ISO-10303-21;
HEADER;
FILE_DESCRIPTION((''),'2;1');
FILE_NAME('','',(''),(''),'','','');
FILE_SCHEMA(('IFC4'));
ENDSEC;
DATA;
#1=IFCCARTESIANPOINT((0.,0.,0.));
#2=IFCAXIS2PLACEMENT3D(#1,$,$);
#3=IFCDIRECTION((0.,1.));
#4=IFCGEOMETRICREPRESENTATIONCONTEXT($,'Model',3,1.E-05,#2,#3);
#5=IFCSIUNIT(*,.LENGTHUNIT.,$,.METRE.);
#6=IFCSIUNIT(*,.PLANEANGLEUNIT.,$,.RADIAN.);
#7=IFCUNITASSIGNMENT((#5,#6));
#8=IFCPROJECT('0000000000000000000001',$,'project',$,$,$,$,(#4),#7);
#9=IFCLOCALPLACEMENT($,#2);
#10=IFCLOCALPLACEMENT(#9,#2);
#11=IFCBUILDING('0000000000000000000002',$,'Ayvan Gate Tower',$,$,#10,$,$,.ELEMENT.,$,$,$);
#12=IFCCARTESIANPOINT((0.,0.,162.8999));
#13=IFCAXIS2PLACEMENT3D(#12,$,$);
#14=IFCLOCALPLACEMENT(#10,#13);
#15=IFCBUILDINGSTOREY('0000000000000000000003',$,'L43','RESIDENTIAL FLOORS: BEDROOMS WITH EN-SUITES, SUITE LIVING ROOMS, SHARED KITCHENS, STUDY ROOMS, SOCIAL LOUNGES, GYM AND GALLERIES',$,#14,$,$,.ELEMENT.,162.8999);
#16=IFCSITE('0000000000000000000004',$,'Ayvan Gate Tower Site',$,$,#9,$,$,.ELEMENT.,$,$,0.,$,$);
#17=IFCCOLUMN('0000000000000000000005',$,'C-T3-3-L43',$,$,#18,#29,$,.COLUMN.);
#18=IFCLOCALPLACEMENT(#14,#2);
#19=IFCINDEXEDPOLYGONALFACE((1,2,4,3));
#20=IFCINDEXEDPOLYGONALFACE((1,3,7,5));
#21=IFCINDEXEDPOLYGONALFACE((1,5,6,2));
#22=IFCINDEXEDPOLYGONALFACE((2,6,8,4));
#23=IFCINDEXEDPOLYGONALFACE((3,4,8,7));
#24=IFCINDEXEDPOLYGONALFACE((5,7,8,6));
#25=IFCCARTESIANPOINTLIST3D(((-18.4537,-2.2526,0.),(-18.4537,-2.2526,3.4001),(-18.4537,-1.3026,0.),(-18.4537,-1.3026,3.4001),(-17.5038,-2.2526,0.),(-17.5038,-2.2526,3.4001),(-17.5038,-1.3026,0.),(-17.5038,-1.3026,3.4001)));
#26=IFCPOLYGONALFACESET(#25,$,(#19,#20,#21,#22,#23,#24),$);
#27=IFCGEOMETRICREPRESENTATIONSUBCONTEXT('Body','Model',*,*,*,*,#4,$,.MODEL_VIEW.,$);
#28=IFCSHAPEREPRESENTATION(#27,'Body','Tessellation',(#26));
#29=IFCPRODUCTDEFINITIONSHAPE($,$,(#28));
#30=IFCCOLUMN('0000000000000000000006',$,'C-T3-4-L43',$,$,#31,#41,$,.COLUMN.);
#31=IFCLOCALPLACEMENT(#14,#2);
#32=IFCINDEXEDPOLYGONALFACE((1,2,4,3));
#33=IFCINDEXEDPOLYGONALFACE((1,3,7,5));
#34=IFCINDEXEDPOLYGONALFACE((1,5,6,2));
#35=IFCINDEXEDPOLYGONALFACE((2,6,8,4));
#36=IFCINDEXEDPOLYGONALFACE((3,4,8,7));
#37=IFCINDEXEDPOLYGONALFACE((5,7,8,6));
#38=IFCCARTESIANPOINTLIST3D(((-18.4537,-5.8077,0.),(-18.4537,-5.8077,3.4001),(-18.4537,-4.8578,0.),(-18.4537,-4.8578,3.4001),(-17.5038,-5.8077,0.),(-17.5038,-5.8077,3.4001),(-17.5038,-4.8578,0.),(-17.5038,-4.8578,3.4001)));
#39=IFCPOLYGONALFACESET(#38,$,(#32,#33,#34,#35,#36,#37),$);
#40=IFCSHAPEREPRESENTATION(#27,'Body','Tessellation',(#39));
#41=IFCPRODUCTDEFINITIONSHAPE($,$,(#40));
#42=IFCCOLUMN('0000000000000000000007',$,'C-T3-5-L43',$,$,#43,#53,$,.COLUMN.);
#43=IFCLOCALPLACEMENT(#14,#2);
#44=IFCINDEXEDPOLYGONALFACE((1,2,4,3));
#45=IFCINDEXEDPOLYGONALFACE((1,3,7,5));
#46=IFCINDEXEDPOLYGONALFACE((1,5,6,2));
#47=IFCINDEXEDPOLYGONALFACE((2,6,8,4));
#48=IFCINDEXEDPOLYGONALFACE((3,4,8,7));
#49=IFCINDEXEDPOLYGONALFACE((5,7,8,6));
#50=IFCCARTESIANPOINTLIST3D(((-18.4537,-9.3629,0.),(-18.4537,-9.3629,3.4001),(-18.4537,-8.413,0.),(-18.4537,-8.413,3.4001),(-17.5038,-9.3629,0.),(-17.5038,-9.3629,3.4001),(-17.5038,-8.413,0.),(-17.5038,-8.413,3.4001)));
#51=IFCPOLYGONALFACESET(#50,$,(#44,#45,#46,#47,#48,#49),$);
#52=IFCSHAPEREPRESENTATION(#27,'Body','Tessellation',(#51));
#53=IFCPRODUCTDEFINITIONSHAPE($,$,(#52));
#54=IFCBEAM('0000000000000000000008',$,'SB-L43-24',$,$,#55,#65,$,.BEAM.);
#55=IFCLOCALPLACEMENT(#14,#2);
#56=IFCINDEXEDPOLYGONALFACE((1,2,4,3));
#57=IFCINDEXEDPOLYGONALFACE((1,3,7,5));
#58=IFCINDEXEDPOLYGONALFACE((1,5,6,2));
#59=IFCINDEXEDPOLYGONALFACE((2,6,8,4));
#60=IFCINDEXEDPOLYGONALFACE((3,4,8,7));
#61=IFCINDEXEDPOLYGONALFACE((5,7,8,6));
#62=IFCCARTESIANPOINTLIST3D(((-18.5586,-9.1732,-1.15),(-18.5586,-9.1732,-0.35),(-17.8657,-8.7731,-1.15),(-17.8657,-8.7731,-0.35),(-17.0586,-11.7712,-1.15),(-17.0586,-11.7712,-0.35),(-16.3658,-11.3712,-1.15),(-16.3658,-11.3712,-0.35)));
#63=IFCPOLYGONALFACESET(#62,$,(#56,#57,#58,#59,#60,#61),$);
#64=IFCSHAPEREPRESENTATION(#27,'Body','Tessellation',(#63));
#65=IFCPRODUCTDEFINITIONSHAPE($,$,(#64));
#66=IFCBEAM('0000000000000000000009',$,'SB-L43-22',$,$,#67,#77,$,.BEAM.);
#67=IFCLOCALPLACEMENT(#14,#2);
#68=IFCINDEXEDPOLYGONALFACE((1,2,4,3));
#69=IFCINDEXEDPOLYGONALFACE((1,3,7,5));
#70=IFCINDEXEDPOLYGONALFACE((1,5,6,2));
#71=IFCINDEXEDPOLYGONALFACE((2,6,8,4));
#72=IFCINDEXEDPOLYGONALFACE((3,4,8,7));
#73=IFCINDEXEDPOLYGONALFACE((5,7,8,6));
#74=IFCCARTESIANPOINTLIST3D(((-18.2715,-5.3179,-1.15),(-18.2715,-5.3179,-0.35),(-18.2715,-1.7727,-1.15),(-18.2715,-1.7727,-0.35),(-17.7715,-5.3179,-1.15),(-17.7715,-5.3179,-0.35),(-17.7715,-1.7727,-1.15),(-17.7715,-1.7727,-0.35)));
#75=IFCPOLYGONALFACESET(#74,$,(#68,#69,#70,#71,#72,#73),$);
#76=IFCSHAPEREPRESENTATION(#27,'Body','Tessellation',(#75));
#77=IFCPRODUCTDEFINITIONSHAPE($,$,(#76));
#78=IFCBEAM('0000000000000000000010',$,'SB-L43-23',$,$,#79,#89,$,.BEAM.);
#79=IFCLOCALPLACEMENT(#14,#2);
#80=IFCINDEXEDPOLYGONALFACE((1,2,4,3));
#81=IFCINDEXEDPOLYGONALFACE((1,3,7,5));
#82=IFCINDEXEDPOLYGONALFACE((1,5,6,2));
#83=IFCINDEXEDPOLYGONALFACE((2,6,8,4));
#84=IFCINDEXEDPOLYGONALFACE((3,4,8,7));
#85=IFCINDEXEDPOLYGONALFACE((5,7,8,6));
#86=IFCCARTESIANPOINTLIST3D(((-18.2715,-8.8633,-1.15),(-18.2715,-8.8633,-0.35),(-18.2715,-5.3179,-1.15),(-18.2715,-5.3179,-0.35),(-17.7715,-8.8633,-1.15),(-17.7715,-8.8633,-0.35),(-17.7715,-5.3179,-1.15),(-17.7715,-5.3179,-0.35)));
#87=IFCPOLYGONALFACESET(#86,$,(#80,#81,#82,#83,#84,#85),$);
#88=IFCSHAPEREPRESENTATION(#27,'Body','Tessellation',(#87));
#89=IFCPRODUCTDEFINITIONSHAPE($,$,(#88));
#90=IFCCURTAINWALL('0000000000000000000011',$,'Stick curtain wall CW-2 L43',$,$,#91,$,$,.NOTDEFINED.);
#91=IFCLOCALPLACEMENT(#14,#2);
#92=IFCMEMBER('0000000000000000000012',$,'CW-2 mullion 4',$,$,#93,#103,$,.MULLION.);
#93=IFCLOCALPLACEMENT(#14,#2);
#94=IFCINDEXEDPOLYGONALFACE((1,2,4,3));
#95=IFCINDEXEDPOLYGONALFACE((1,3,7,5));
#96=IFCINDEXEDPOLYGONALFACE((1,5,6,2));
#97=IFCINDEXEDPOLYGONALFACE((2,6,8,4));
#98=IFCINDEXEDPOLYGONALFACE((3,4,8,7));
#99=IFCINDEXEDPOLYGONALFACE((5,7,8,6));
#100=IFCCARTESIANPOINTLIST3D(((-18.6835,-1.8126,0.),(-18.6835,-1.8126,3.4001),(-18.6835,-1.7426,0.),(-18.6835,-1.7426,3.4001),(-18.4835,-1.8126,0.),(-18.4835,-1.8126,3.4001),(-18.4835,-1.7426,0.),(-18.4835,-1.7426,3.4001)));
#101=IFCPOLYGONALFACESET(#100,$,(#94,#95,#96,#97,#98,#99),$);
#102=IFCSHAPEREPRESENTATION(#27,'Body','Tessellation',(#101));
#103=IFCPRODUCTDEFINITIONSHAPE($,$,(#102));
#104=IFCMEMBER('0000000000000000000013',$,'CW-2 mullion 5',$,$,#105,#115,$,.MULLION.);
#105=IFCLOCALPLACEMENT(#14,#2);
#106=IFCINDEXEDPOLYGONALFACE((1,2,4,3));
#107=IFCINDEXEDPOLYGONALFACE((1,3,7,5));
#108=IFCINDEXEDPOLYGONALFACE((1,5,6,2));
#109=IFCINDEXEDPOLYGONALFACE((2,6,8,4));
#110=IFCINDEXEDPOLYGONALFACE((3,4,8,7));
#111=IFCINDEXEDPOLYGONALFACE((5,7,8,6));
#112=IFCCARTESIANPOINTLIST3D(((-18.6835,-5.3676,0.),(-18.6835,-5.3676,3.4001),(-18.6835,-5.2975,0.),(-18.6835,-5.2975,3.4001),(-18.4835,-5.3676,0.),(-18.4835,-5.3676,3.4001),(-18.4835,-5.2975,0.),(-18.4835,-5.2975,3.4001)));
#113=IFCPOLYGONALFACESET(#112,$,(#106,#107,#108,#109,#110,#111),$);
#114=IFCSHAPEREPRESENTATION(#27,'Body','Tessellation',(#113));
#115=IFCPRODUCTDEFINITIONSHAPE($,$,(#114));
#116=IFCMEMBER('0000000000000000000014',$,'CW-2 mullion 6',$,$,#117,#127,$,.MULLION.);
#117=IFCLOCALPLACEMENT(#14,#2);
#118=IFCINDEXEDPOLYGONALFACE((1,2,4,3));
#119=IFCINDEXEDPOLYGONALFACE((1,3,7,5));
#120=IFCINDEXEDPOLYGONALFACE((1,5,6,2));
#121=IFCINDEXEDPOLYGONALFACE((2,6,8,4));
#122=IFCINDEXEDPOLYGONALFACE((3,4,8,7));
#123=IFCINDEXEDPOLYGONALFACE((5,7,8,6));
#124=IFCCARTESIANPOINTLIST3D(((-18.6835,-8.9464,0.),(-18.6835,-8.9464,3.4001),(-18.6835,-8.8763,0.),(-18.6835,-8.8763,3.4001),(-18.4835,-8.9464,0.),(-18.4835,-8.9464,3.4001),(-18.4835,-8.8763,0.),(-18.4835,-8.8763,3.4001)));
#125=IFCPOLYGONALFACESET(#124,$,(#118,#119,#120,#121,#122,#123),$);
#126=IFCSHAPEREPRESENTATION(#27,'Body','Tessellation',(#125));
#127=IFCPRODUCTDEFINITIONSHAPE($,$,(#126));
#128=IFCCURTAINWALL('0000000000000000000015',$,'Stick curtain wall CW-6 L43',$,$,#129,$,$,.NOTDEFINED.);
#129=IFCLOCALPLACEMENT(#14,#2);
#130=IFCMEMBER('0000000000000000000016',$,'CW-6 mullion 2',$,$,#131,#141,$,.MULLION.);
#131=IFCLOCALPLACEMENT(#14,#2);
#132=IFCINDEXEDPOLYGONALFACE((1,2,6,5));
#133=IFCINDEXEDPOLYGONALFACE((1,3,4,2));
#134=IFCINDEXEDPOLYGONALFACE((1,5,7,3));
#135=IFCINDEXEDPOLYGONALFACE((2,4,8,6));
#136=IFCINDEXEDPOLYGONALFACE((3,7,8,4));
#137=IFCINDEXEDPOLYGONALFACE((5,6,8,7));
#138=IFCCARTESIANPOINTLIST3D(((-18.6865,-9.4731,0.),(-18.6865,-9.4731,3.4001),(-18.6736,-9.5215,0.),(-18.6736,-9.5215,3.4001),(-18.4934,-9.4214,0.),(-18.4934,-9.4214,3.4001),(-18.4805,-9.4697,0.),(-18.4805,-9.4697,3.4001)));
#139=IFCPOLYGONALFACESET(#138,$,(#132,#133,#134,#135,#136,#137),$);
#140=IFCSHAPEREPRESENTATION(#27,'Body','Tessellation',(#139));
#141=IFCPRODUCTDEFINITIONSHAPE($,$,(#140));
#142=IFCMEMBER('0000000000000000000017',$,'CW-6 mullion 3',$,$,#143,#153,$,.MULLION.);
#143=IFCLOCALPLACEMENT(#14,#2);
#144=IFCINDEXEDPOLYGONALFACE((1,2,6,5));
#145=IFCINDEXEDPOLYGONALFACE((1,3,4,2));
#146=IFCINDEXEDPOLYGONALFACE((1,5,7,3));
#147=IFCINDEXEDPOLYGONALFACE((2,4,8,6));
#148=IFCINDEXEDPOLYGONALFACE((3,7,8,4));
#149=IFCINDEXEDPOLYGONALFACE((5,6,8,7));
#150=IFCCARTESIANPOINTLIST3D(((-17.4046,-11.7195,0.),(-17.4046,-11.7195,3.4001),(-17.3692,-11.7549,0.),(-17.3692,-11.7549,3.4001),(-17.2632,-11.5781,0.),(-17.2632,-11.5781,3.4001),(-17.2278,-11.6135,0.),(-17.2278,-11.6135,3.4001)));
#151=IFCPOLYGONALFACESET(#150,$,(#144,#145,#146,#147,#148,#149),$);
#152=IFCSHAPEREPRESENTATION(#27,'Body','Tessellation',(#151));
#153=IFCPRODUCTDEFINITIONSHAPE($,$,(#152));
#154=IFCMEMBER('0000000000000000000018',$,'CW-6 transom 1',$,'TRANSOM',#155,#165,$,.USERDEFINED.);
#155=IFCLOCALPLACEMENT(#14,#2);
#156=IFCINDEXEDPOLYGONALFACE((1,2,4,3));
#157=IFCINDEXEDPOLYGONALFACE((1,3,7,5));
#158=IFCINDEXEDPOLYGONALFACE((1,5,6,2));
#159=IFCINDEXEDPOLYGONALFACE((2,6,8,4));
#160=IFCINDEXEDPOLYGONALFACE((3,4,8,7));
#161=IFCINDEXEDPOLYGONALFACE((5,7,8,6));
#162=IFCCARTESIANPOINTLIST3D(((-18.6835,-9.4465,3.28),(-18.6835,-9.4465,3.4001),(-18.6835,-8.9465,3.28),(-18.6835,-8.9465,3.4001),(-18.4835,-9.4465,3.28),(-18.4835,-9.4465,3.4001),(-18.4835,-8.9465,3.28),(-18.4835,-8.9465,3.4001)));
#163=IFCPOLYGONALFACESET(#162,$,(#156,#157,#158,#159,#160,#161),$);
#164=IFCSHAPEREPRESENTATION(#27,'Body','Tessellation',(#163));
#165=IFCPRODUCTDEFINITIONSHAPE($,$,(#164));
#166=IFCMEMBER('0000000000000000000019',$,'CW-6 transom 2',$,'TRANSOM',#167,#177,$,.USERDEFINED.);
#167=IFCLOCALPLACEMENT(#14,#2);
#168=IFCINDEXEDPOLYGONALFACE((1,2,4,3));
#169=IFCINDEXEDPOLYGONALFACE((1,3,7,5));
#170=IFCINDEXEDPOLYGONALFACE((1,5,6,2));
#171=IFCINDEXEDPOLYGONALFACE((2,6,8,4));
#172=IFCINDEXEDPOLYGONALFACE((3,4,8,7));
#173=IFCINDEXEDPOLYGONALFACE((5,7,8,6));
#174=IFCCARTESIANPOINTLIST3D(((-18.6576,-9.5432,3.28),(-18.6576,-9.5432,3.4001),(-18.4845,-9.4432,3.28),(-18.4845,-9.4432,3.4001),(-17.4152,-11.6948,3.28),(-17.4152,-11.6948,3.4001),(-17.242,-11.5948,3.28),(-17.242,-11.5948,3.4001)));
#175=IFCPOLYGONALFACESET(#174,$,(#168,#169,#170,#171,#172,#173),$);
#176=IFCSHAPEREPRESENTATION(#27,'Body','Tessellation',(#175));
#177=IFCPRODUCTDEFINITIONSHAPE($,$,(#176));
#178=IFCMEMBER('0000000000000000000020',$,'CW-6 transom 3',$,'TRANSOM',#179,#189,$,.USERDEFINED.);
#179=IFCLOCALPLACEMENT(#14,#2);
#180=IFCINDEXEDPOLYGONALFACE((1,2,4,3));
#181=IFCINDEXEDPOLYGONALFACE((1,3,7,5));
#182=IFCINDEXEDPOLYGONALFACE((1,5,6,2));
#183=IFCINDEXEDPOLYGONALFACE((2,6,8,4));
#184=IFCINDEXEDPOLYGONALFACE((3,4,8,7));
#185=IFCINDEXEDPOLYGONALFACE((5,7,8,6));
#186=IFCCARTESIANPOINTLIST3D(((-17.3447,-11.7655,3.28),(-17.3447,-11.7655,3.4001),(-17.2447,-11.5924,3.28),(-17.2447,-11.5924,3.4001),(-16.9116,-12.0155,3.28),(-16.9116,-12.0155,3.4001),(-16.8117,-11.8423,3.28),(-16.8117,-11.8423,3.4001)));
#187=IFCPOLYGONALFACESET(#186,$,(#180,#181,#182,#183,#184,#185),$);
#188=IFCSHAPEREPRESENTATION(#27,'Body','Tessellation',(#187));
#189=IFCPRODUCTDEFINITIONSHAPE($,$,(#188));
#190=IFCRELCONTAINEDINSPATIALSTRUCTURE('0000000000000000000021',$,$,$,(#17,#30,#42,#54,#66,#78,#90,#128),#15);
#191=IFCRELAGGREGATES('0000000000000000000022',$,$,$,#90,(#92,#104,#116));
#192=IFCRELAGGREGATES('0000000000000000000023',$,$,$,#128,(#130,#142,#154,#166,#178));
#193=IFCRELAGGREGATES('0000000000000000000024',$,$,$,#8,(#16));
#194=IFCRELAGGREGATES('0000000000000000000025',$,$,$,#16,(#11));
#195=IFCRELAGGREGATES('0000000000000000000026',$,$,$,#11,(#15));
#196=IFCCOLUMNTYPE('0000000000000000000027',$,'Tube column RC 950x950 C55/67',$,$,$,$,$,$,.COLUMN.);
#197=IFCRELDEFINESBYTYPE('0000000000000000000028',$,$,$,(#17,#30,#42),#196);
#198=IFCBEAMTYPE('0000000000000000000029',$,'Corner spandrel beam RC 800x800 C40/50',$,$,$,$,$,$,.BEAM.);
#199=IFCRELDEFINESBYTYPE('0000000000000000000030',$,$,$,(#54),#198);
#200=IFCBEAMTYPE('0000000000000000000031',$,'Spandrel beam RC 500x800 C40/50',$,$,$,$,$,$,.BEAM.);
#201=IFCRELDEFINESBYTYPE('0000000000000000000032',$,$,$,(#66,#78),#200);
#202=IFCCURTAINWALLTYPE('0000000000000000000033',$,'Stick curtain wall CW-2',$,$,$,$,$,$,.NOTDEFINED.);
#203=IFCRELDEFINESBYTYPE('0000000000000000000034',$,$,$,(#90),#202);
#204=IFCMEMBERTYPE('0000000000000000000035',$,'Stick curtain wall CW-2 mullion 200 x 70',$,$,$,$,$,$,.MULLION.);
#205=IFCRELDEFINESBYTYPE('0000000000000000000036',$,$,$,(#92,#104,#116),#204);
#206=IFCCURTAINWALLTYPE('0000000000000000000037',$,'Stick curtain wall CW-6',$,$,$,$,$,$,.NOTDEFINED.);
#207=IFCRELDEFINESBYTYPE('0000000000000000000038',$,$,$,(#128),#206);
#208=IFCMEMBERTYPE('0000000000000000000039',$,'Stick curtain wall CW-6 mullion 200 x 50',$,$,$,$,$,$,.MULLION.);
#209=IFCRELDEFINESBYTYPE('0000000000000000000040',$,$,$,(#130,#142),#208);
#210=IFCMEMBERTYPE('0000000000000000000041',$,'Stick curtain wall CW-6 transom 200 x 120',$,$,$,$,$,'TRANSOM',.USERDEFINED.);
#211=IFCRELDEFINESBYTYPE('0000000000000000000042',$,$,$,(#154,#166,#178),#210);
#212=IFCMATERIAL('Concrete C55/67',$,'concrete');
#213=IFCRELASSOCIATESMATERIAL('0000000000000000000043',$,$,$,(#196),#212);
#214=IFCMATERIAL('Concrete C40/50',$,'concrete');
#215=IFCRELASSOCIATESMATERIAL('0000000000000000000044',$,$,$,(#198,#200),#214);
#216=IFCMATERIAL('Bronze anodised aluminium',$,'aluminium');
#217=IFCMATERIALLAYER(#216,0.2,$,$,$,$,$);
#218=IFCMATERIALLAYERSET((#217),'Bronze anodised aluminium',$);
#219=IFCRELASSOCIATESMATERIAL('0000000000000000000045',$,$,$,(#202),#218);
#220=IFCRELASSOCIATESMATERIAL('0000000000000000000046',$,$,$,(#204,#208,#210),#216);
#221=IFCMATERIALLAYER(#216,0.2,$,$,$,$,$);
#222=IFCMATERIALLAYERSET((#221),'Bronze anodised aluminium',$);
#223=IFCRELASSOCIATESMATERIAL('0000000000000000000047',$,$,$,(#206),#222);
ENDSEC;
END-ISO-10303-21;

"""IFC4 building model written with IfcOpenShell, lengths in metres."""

from ifc_helpers import new_model, si_unit, direction, frame, origin, origin_2d, place, context, subcontext, project, spatial, rectangle, extrude, material, layer, layer_set, material_profile, profile_set, type_object, element, aggregate, save


model = new_model("IFC4")

# Units and contexts
model_context = context("Model", 3, precision=1e-05, world=origin(), true_north=direction((0.0, 1.0)))
body_context = subcontext(model_context, "Body", "Model", "MODEL_VIEW")
ifc_project = project(units=[si_unit("LENGTHUNIT", "METRE"), si_unit("PLANEANGLEUNIT", "RADIAN")], contexts=[model_context])

# Site, building, storey
site_placement = place(None, origin())
site = spatial("IfcSite", under=ifc_project, at=site_placement, Name="Ayvan Gate Tower Site", CompositionType="ELEMENT", RefElevation=0.0)
building_placement = place(site_placement, origin())
building = spatial("IfcBuilding", under=site, at=building_placement, Name="Ayvan Gate Tower", CompositionType="ELEMENT")
storey_placement = place(building_placement, frame((0.0, 0.0, 162.8999)))
storey = spatial("IfcBuildingStorey", under=building, at=storey_placement, Name="L43", Description="RESIDENTIAL FLOORS: BEDROOMS WITH EN-SUITES, SUITE LIVING ROOMS, SHARED KITCHENS, STUDY ROOMS, SOCIAL LOUNGES, GYM AND GALLERIES", CompositionType="ELEMENT", Elevation=162.8999)

# Columns
ifc_material_1 = material(Name="Concrete C55/67", Category="concrete")
ifc_material_profile_1 = material_profile(ifc_material_1, rectangle(XDim=0.95, YDim=0.95, at=origin_2d()), Name="RC 950x950")
ifc_profile_set_1 = profile_set([ifc_material_profile_1], Name="Concrete C55/67")
column_type = type_object("IfcColumnType", Name="Tube column RC 950x950 C55/67", PredefinedType="COLUMN", material=ifc_profile_set_1)
for number, where, z_axis, x_axis, name in (
    (1, (-17.9788, -1.7776, 0.0), (0.0, 0.0, 1.0), (-1.0, 0.0, 0.0), "C-T3-3-L43"),
    (2, (-17.9788, -5.3328, 0.0), (0.0, 0.0, 1.0), (-1.0, 0.0, 0.0), "C-T3-4-L43"),
    (3, (-17.9788, -8.8879, 0.0), (0.0, 0.0, 1.0), (-1.0, 0.0, 0.0), "C-T3-5-L43"),
):
    element("IfcColumn", number, at=place(storey_placement, frame(where, z_axis=z_axis, x_axis=x_axis)), inside=storey, type_object=column_type, Name=name, PredefinedType="COLUMN", context=body_context, shape_type="SweptSolid", body=[
        extrude(rectangle(XDim=0.95, YDim=0.95, at=origin_2d()), origin(), (0.0, 0.0, 1.0), 3.4001),
    ])

# Beams
ifc_material_2 = material(Name="Concrete C40/50", Category="concrete")
ifc_material_profile_2 = material_profile(ifc_material_2, rectangle(XDim=0.8, YDim=0.8, at=origin_2d()), Name="RC 800x800")
ifc_profile_set_2 = profile_set([ifc_material_profile_2], Name="Concrete C40/50")
beam_type_1 = type_object("IfcBeamType", Name="Corner spandrel beam RC 800x800 C40/50", PredefinedType="BEAM", material=ifc_profile_set_2)
beam_1_placement = place(storey_placement, frame((-18.2122, -8.9731, -0.75), z_axis=(0.49999, -0.866031, 0.0), x_axis=(0.866031, 0.49999, 0.0)))
element("IfcBeam", 4, at=beam_1_placement, inside=storey, type_object=beam_type_1, Name="SB-L43-24", PredefinedType="BEAM", context=body_context, shape_type="SweptSolid", body=[
    extrude(rectangle(XDim=0.8, YDim=0.8, at=origin_2d()), origin(), (0.0, 0.0, 1.0), 3.0),
])
ifc_material_profile_3 = material_profile(ifc_material_2, rectangle(XDim=0.5, YDim=0.8, at=origin_2d()), Name="RC 500x800")
ifc_profile_set_3 = profile_set([ifc_material_profile_3], Name="Concrete C40/50")
beam_type_2 = type_object("IfcBeamType", Name="Spandrel beam RC 500x800 C40/50", PredefinedType="BEAM", material=ifc_profile_set_3)
beam_2_placement = place(storey_placement, frame((-18.0215, -1.7727, -0.75), z_axis=(0.0, -1.0, 0.0), x_axis=(1.0, 0.0, 0.0)))
element("IfcBeam", 5, at=beam_2_placement, inside=storey, type_object=beam_type_2, Name="SB-L43-22", PredefinedType="BEAM", context=body_context, shape_type="SweptSolid", body=[
    extrude(rectangle(XDim=0.5, YDim=0.8, at=origin_2d()), origin(), (0.0, 0.0, 1.0), 3.5452),
])
beam_3_placement = place(storey_placement, frame((-18.0215, -5.3179, -0.75), z_axis=(0.0, -1.0, 0.0), x_axis=(1.0, 0.0, 0.0)))
element("IfcBeam", 6, at=beam_3_placement, inside=storey, type_object=beam_type_2, Name="SB-L43-23", PredefinedType="BEAM", context=body_context, shape_type="SweptSolid", body=[
    extrude(rectangle(XDim=0.5, YDim=0.8, at=origin_2d()), origin(), (0.0, 0.0, 1.0), 3.5454),
])

# Curtain walls, members
ifc_material_3 = material(Name="Bronze anodised aluminium", Category="aluminium")
ifc_layer_1 = layer(ifc_material_3, 0.2)
ifc_layer_set_1 = layer_set([ifc_layer_1], Name="Bronze anodised aluminium")
curtain_wall_type_1 = type_object("IfcCurtainWallType", Name="Stick curtain wall CW-2", PredefinedType="NOTDEFINED", material=ifc_layer_set_1)
curtain_wall_1_placement = place(storey_placement, origin())
curtain_wall_1 = element("IfcCurtainWall", 7, at=curtain_wall_1_placement, inside=storey, type_object=curtain_wall_type_1, Name="Stick curtain wall CW-2 L43", PredefinedType="NOTDEFINED")
ifc_material_profile_4 = material_profile(ifc_material_3, rectangle(XDim=0.2, YDim=0.0701, at=origin_2d()), Name="Stick curtain wall CW-2 mullion 200 x 70")
ifc_profile_set_4 = profile_set([ifc_material_profile_4], Name="Bronze anodised aluminium")
member_type_1 = type_object("IfcMemberType", Name="Stick curtain wall CW-2 mullion 200 x 70", PredefinedType="MULLION", material=ifc_profile_set_4)
member_1_placement = place(storey_placement, frame((-18.5835, -1.7776, 0.0), z_axis=(0.0, 0.0, 1.0), x_axis=(-1.0, 0.0, 0.0)))
member_1 = element("IfcMember", 8, at=member_1_placement, type_object=member_type_1, Name="CW-2 mullion 4", PredefinedType="MULLION", context=body_context, shape_type="SweptSolid", body=[
    extrude(rectangle(XDim=0.2, YDim=0.0701, at=origin_2d()), origin(), (0.0, 0.0, 1.0), 3.4001),
])
member_2_placement = place(storey_placement, frame((-18.5835, -5.3325, 0.0), z_axis=(0.0, 0.0, 1.0), x_axis=(-1.0, 0.0, 0.0)))
member_2 = element("IfcMember", 9, at=member_2_placement, type_object=member_type_1, Name="CW-2 mullion 5", PredefinedType="MULLION", context=body_context, shape_type="SweptSolid", body=[
    extrude(rectangle(XDim=0.2, YDim=0.0701, at=origin_2d()), origin(), (0.0, 0.0, 1.0), 3.4001),
])
member_3_placement = place(storey_placement, frame((-18.5835, -8.9114, 0.0), z_axis=(0.0, 0.0, 1.0), x_axis=(-1.0, 0.0, 0.0)))
member_3 = element("IfcMember", 10, at=member_3_placement, type_object=member_type_1, Name="CW-2 mullion 6", PredefinedType="MULLION", context=body_context, shape_type="SweptSolid", body=[
    extrude(rectangle(XDim=0.2, YDim=0.0701, at=origin_2d()), origin(), (0.0, 0.0, 1.0), 3.4001),
])
ifc_layer_2 = layer(ifc_material_3, 0.2)
ifc_layer_set_2 = layer_set([ifc_layer_2], Name="Bronze anodised aluminium")
curtain_wall_type_2 = type_object("IfcCurtainWallType", Name="Stick curtain wall CW-6", PredefinedType="NOTDEFINED", material=ifc_layer_set_2)
curtain_wall_2_placement = place(storey_placement, origin())
curtain_wall_2 = element("IfcCurtainWall", 11, at=curtain_wall_2_placement, inside=storey, type_object=curtain_wall_type_2, Name="Stick curtain wall CW-6 L43", PredefinedType="NOTDEFINED")
ifc_material_profile_5 = material_profile(ifc_material_3, rectangle(XDim=0.2, YDim=0.05, at=origin_2d()), Name="Stick curtain wall CW-6 mullion 200 x 50")
ifc_profile_set_5 = profile_set([ifc_material_profile_5], Name="Bronze anodised aluminium")
member_type_2 = type_object("IfcMemberType", Name="Stick curtain wall CW-6 mullion 200 x 50", PredefinedType="MULLION", material=ifc_profile_set_5)
member_4_placement = place(storey_placement, frame((-18.5835, -9.4714, 0.0), z_axis=(0.0, 0.0, 1.0), x_axis=(-0.965926, -0.258819, 0.0)))
member_4 = element("IfcMember", 12, at=member_4_placement, type_object=member_type_2, Name="CW-6 mullion 2", PredefinedType="MULLION", context=body_context, shape_type="SweptSolid", body=[
    extrude(rectangle(XDim=0.2, YDim=0.05, at=origin_2d()), origin(), (0.0, 0.0, 1.0), 3.4001),
])
member_5_placement = place(storey_placement, frame((-17.3162, -11.6665, 0.0), z_axis=(0.0, 0.0, 1.0), x_axis=(-0.707107, -0.707107, 0.0)))
member_5 = element("IfcMember", 13, at=member_5_placement, type_object=member_type_2, Name="CW-6 mullion 3", PredefinedType="MULLION", context=body_context, shape_type="SweptSolid", body=[
    extrude(rectangle(XDim=0.2, YDim=0.05, at=origin_2d()), origin(), (0.0, 0.0, 1.0), 3.4001),
])
ifc_material_profile_6 = material_profile(ifc_material_3, rectangle(XDim=0.2, YDim=0.1201, at=origin_2d()), Name="Stick curtain wall CW-6 transom 200 x 120")
ifc_profile_set_6 = profile_set([ifc_material_profile_6], Name="Bronze anodised aluminium")
member_type_3 = type_object("IfcMemberType", Name="Stick curtain wall CW-6 transom 200 x 120", ElementType="TRANSOM", PredefinedType="USERDEFINED", material=ifc_profile_set_6)
member_6_placement = place(storey_placement, frame((-18.5835, -8.9465, 3.3401), z_axis=(0.0, -1.0, 0.0), x_axis=(1.0, 0.0, 0.0)))
member_6 = element("IfcMember", 14, at=member_6_placement, type_object=member_type_3, Name="CW-6 transom 1", ObjectType="TRANSOM", PredefinedType="USERDEFINED", context=body_context, shape_type="SweptSolid", body=[
    extrude(rectangle(XDim=0.2, YDim=0.1201, at=origin_2d()), origin(), (0.0, 0.0, 1.0), 0.5),
])
member_7_placement = place(storey_placement, frame((-18.571, -9.4932, 3.3401), z_axis=(0.50006, -0.865991, 0.0), x_axis=(0.865991, 0.50006, 0.0)))
member_7 = element("IfcMember", 15, at=member_7_placement, type_object=member_type_3, Name="CW-6 transom 2", ObjectType="TRANSOM", PredefinedType="USERDEFINED", context=body_context, shape_type="SweptSolid", body=[
    extrude(rectangle(XDim=0.2, YDim=0.1201, at=origin_2d()), origin(), (0.0, 0.0, 1.0), 2.4846),
])
member_8_placement = place(storey_placement, frame((-17.2947, -11.679, 3.3401), z_axis=(0.866072, -0.49992, 0.0), x_axis=(0.49992, 0.866072, 0.0)))
member_8 = element("IfcMember", 16, at=member_8_placement, type_object=member_type_3, Name="CW-6 transom 3", ObjectType="TRANSOM", PredefinedType="USERDEFINED", context=body_context, shape_type="SweptSolid", body=[
    extrude(rectangle(XDim=0.2, YDim=0.1201, at=origin_2d()), origin(), (0.0, 0.0, 1.0), 0.5),
])

aggregate(curtain_wall_1, [member_1, member_2, member_3])
aggregate(curtain_wall_2, [member_4, member_5, member_6, member_7, member_8])

save(model, "model.ifc")
